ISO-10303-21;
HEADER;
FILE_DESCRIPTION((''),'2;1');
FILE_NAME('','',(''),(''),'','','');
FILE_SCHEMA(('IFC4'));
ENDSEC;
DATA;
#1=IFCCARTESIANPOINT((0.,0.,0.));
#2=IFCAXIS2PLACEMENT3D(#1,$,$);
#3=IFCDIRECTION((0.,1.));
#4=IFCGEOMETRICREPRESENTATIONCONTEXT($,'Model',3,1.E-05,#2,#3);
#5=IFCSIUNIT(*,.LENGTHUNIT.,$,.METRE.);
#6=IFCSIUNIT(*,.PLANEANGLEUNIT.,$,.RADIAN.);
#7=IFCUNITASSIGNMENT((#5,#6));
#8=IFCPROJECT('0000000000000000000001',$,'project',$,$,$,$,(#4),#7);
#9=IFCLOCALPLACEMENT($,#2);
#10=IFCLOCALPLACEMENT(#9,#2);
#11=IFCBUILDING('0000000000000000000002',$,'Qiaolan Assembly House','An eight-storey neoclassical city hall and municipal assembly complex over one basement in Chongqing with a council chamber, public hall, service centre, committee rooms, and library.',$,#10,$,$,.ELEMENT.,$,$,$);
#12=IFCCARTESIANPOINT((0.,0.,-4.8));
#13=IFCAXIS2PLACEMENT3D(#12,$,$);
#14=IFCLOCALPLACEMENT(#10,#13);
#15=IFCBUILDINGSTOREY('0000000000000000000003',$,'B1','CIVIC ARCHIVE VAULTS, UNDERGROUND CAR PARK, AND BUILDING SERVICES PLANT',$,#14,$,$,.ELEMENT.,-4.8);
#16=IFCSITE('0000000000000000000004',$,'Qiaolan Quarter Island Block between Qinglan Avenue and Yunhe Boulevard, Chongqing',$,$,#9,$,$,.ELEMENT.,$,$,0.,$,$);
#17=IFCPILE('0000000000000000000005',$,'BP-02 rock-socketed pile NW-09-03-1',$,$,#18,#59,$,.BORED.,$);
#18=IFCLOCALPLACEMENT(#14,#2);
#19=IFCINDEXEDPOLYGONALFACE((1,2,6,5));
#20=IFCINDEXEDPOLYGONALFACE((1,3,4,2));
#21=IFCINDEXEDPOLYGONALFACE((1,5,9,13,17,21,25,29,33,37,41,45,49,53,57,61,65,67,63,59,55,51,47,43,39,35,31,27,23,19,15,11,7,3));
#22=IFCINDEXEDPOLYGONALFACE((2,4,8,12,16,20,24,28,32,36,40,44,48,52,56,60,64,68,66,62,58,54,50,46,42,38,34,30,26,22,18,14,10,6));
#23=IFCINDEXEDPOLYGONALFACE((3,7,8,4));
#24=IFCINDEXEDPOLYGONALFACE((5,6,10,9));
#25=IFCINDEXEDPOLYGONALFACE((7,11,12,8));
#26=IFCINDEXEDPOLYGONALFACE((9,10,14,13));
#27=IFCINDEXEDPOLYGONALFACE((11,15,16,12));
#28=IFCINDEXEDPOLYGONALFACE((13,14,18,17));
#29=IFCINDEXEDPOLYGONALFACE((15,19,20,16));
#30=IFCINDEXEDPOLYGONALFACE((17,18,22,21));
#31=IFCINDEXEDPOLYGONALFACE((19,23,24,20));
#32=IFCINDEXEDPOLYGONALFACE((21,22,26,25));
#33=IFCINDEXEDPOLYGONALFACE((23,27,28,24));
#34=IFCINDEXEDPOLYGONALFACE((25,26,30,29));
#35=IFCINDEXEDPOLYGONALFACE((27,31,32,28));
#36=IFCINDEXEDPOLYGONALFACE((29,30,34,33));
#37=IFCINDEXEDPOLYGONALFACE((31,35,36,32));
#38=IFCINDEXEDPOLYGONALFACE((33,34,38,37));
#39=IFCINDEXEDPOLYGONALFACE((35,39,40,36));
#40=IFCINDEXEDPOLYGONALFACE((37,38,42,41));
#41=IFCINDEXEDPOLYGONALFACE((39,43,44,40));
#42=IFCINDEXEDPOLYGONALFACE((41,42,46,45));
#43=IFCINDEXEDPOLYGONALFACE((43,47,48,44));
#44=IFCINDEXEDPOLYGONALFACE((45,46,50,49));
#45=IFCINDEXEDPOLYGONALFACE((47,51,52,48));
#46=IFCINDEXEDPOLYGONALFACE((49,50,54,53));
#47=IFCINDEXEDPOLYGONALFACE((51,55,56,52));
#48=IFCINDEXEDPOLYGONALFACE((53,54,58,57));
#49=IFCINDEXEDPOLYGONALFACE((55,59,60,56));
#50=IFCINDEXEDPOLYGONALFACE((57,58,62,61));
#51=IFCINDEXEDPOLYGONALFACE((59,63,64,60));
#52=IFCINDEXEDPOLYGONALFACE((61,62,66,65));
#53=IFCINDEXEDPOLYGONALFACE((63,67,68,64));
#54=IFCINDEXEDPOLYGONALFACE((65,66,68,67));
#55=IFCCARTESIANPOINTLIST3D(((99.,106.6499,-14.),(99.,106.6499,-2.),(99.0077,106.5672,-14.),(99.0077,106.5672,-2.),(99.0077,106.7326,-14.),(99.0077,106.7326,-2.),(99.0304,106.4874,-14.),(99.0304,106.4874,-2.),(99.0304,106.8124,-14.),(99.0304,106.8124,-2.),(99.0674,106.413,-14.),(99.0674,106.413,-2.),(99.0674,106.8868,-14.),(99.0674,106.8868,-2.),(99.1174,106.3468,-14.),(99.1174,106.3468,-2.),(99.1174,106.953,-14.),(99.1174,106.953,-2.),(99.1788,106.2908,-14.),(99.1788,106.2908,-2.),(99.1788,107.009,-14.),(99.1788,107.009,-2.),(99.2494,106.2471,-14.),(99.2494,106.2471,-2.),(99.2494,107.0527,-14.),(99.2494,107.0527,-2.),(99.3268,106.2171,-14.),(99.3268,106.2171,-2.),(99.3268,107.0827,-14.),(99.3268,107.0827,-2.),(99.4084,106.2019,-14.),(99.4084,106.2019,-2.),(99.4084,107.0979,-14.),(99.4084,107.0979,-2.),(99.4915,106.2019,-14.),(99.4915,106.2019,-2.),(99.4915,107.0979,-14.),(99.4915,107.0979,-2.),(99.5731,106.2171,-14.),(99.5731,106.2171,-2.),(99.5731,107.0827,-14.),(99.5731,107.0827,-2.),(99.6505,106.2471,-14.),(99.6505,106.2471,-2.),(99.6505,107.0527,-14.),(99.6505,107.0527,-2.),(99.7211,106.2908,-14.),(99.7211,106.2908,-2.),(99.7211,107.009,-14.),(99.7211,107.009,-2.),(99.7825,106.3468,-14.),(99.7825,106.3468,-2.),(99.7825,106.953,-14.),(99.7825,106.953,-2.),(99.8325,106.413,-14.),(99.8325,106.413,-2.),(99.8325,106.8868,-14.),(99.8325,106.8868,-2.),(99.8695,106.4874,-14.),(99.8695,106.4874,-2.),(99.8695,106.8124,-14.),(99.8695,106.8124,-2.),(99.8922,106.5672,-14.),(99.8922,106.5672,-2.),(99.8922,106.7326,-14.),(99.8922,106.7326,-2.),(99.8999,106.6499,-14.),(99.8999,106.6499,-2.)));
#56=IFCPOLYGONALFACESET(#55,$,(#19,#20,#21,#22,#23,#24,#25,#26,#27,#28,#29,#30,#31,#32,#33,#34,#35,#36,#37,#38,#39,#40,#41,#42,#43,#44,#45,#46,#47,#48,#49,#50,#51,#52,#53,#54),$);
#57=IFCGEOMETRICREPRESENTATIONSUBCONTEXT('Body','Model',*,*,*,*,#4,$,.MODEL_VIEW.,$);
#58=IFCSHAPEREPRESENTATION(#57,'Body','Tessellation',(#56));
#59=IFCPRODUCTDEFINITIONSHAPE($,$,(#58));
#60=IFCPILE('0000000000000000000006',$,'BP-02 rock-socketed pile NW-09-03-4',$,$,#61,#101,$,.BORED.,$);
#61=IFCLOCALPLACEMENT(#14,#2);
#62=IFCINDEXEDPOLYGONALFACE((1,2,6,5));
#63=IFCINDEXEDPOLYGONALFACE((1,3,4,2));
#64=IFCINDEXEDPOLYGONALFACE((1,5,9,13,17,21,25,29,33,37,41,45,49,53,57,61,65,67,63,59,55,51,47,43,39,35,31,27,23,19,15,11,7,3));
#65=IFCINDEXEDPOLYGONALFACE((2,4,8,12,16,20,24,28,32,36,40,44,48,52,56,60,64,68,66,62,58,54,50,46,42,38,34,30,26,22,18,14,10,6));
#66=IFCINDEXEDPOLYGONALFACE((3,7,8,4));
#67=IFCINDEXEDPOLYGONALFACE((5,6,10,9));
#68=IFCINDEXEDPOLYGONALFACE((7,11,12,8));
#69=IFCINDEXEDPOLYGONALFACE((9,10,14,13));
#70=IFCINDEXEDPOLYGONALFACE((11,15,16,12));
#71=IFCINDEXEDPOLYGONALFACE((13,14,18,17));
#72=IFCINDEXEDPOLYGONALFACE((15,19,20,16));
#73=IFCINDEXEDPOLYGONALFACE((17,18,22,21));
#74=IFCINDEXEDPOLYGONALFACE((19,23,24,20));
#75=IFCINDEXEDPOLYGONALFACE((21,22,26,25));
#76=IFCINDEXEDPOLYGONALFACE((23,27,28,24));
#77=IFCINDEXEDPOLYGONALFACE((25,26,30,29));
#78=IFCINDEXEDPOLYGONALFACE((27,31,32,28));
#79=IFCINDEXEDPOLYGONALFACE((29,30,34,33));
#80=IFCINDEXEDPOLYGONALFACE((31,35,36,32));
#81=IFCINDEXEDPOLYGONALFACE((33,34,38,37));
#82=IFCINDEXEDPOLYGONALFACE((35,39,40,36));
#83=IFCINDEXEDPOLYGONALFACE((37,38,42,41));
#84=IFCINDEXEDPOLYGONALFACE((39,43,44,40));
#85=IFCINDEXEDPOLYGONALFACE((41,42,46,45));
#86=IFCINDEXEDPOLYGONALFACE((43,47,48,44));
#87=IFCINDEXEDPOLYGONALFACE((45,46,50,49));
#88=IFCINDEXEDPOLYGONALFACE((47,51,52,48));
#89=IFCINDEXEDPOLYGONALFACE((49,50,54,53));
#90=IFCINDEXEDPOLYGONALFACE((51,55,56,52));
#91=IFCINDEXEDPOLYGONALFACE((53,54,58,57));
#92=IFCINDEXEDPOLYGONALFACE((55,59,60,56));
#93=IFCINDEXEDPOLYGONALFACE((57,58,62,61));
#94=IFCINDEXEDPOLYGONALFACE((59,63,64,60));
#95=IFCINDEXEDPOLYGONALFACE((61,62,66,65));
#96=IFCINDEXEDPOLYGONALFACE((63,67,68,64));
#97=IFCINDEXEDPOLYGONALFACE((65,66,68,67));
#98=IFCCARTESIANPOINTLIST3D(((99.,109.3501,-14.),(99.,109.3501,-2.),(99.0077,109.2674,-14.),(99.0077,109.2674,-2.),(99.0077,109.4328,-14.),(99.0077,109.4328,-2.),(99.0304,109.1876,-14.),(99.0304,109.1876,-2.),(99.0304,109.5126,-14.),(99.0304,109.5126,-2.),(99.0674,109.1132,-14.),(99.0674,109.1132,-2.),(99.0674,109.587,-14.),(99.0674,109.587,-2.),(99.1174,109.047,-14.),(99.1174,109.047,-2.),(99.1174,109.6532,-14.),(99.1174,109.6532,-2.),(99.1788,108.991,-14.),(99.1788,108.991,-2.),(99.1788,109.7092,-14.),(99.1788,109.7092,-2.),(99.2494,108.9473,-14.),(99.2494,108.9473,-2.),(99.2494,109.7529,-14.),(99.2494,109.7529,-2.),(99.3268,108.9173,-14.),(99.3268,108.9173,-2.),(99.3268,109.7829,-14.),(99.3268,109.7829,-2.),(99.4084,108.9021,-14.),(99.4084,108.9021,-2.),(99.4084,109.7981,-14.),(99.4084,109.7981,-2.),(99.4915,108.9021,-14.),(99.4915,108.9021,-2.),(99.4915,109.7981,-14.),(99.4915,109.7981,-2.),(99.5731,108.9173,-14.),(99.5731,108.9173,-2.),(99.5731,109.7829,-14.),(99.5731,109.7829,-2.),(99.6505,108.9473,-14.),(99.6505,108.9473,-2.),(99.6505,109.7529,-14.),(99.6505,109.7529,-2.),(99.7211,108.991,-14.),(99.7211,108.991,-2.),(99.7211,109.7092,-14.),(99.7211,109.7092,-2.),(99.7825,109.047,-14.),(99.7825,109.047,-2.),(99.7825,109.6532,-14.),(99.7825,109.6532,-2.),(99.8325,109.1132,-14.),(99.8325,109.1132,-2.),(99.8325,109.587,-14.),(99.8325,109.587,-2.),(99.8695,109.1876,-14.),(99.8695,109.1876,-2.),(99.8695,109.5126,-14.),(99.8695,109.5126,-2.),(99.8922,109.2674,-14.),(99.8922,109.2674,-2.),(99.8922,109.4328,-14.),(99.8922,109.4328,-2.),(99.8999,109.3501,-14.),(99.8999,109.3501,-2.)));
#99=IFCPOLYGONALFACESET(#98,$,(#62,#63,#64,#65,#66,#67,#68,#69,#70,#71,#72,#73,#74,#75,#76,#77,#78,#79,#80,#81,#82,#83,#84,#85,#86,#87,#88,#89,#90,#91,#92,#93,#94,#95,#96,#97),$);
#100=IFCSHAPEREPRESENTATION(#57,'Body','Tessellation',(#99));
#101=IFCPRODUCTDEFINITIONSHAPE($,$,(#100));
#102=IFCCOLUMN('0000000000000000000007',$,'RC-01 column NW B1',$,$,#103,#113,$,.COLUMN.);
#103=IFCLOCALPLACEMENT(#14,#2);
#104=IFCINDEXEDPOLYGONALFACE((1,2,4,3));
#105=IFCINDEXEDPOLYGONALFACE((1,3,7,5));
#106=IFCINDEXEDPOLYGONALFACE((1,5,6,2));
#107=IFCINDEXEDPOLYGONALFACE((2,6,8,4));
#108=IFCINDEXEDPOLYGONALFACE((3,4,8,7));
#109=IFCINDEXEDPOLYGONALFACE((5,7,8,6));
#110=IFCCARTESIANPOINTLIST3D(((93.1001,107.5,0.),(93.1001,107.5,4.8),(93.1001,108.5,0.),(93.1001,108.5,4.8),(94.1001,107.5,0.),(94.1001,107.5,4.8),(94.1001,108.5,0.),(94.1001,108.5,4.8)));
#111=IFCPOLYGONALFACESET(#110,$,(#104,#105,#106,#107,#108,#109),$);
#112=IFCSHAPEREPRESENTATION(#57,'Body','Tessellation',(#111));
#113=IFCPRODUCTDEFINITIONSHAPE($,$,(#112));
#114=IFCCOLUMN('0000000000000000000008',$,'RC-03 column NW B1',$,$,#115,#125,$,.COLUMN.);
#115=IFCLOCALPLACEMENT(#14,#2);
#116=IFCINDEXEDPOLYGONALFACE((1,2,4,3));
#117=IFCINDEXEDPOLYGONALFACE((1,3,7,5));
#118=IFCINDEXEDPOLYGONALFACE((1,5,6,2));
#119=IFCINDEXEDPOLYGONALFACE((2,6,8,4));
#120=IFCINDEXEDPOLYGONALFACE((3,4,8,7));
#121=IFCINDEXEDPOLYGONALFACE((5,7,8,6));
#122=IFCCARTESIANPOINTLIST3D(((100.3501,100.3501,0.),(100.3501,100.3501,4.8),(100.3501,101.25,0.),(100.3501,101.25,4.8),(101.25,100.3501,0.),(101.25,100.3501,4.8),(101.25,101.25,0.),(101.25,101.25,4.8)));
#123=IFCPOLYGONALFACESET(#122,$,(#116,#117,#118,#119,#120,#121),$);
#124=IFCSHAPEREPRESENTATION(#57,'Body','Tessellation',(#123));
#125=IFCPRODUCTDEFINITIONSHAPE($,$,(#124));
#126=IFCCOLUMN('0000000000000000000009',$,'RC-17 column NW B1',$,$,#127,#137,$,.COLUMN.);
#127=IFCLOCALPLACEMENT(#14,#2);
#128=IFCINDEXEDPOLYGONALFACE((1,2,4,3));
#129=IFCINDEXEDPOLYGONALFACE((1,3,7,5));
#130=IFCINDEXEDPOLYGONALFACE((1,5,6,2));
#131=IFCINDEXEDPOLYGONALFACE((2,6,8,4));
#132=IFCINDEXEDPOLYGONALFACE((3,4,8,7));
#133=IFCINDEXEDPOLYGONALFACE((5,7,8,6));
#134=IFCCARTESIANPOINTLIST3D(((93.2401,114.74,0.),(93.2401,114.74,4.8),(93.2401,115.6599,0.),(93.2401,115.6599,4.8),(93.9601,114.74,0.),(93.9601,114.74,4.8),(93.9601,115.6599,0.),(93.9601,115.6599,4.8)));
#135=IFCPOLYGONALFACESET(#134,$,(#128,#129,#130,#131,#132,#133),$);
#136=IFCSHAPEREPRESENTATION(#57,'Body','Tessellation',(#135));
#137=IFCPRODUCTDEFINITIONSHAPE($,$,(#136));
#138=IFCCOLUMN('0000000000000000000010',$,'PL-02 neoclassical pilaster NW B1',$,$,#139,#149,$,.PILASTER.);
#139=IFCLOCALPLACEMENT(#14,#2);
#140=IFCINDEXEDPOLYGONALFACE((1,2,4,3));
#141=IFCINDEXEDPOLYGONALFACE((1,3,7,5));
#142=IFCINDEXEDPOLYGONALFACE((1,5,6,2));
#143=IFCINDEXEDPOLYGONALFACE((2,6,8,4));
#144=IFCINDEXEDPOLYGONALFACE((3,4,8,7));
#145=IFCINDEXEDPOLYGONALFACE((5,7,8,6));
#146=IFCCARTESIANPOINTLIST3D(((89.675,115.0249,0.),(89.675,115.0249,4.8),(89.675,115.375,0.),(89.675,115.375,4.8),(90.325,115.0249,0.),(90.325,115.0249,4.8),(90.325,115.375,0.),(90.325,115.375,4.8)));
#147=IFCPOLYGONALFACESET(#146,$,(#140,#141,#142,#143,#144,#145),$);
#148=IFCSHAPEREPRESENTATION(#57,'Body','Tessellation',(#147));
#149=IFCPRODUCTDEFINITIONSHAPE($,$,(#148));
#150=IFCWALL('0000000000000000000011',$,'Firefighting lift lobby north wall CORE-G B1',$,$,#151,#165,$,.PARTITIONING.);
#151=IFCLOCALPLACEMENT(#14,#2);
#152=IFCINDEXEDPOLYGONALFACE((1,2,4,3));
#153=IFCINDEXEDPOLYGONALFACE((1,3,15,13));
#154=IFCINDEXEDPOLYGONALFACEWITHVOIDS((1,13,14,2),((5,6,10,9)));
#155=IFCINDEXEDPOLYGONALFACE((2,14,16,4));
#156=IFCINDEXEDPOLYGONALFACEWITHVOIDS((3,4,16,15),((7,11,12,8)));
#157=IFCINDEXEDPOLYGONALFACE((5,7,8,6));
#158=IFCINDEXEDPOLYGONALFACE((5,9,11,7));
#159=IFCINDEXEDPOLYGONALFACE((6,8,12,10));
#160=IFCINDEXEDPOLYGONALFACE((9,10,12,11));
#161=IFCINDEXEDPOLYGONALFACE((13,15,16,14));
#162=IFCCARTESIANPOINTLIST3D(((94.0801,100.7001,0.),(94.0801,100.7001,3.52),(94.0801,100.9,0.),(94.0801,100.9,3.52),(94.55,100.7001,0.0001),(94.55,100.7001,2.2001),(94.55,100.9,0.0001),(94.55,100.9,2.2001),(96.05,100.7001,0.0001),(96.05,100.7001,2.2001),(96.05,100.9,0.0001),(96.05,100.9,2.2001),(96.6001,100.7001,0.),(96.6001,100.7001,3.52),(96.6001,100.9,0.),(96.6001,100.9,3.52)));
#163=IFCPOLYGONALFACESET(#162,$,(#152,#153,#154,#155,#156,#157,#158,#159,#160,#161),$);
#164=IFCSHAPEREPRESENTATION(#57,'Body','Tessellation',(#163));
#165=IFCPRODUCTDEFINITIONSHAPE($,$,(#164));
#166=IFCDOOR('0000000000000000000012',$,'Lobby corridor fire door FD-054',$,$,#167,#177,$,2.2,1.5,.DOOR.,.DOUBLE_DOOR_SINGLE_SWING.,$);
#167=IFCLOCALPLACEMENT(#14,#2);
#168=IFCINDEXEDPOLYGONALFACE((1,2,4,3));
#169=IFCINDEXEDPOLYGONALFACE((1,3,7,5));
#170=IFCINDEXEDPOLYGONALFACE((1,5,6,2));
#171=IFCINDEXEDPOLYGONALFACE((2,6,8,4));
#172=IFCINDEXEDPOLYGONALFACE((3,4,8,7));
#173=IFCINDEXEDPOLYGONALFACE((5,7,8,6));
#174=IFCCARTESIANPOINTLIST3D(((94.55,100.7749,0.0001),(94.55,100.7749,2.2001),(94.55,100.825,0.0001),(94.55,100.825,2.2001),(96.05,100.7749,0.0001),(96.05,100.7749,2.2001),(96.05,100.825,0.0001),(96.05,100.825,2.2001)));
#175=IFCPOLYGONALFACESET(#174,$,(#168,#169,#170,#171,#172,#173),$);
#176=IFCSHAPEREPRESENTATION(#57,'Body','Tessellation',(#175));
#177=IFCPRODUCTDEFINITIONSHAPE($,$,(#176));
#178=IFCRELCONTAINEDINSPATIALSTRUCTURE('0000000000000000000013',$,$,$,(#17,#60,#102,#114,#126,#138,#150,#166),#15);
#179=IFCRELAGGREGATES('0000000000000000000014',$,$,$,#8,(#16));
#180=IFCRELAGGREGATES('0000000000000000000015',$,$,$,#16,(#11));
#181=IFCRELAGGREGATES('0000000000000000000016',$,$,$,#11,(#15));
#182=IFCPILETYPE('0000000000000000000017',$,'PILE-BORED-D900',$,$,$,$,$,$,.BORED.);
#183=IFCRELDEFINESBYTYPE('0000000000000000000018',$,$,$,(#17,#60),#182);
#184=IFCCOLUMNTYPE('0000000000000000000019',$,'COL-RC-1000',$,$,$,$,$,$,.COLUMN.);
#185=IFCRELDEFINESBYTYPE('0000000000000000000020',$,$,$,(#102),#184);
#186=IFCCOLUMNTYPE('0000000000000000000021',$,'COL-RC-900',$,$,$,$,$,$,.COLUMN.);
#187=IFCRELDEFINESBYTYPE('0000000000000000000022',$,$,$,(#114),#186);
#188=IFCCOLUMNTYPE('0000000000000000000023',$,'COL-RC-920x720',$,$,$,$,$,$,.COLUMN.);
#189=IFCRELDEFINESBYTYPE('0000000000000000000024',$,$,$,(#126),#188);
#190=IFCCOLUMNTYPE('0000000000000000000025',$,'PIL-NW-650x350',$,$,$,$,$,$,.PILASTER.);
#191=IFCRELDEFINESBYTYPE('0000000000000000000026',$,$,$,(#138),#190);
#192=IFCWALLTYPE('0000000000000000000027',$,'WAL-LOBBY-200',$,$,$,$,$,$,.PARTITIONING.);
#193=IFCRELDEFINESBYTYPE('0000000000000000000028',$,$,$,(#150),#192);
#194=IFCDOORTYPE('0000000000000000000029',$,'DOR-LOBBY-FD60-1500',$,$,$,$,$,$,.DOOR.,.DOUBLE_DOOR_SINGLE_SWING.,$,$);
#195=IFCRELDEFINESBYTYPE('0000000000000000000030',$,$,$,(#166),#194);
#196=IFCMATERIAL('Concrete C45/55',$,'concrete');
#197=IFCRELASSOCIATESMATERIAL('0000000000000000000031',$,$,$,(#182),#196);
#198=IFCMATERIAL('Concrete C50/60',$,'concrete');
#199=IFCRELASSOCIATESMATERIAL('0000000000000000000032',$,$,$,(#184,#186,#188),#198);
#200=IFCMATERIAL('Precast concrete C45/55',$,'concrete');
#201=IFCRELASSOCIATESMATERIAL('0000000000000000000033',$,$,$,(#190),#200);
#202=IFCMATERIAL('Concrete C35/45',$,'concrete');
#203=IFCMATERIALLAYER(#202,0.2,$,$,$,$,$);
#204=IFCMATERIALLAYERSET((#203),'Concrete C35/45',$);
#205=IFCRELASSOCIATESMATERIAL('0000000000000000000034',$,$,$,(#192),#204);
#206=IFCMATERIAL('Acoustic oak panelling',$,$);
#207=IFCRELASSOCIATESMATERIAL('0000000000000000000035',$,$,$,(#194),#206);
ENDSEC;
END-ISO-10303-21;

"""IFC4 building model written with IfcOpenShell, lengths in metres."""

from ifc_helpers import new_model, si_unit, direction, frame, frame_2d, origin, origin_2d, place, context, subcontext, project, spatial, rectangle, circle, extrude, material, layer, layer_set, material_profile, profile_set, type_object, element, fill, save


model = new_model("IFC4")

# Units and contexts
model_context = context("Model", 3, precision=1e-05, world=origin(), true_north=direction((0.0, 1.0)))
body_context = subcontext(model_context, "Body", "Model", "MODEL_VIEW")
ifc_project = project(units=[si_unit("LENGTHUNIT", "METRE"), si_unit("PLANEANGLEUNIT", "RADIAN")], contexts=[model_context])

# Site, building, storey
site_placement = place(None, origin())
site = spatial("IfcSite", under=ifc_project, at=site_placement, Name="Qiaolan Quarter Island Block between Qinglan Avenue and Yunhe Boulevard, Chongqing", CompositionType="ELEMENT", RefElevation=0.0)
building_placement = place(site_placement, origin())
building = spatial("IfcBuilding", under=site, at=building_placement, Name="Qiaolan Assembly House", Description="An eight-storey neoclassical city hall and municipal assembly complex over one basement in Chongqing with a council chamber, public hall, service centre, committee rooms, and library.", CompositionType="ELEMENT")
storey_placement = place(building_placement, frame((0.0, 0.0, -4.8)))
storey = spatial("IfcBuildingStorey", under=building, at=storey_placement, Name="B1", Description="CIVIC ARCHIVE VAULTS, UNDERGROUND CAR PARK, AND BUILDING SERVICES PLANT", CompositionType="ELEMENT", Elevation=-4.8)

# Piles
ifc_material_1 = material(Name="Concrete C45/55", Category="concrete")
ifc_material_profile_1 = material_profile(ifc_material_1, circle(Radius=0.45, at=origin_2d()), Name="PILE D900")
ifc_profile_set_1 = profile_set([ifc_material_profile_1], Name="Concrete C45/55")
pile_type_1 = type_object("IfcPileType", Name="PILE-BORED-D900", PredefinedType="BORED", material=ifc_profile_set_1)
for number, where, z_axis, x_axis, name in (
    (1, (99.45, 106.6499, -2.0), (0.0, 0.0, -1.0), (1.0, 0.0, 0.0), "BP-02 rock-socketed pile NW-09-03-1"),
    (2, (99.45, 109.3501, -2.0), (0.0, 0.0, -1.0), (1.0, 0.0, 0.0), "BP-02 rock-socketed pile NW-09-03-4"),
):
    element("IfcPile", number, at=place(storey_placement, frame(where, z_axis=z_axis, x_axis=x_axis)), inside=storey, type_object=pile_type_1, Name=name, PredefinedType="BORED", context=body_context, shape_type="SweptSolid", body=[
        extrude(circle(Radius=0.45, at=origin_2d()), origin(), (0.0, 0.0, 1.0), 12.0),
    ])

# Columns
ifc_material_2 = material(Name="Concrete C50/60", Category="concrete")
ifc_material_profile_2 = material_profile(ifc_material_2, rectangle(XDim=1.0, YDim=1.0, at=origin_2d()), Name="RC 1000x1000")
ifc_profile_set_2 = profile_set([ifc_material_profile_2], Name="Concrete C50/60")
column_type_1 = type_object("IfcColumnType", Name="COL-RC-1000", PredefinedType="COLUMN", material=ifc_profile_set_2)
column_1_placement = place(storey_placement, frame((93.6001, 108.0, 0.0), z_axis=(0.0, 0.0, 1.0), x_axis=(1.0, 0.0, 0.0)))
element("IfcColumn", 3, at=column_1_placement, inside=storey, type_object=column_type_1, Name="RC-01 column NW B1", PredefinedType="COLUMN", context=body_context, shape_type="SweptSolid", body=[
    extrude(rectangle(XDim=1.0, YDim=1.0, at=origin_2d()), origin(), (0.0, 0.0, 1.0), 4.8),
])
ifc_material_profile_3 = material_profile(ifc_material_2, rectangle(XDim=0.8999, YDim=0.8999, at=origin_2d()), Name="RC 900x900")
ifc_profile_set_3 = profile_set([ifc_material_profile_3], Name="Concrete C50/60")
column_type_2 = type_object("IfcColumnType", Name="COL-RC-900", PredefinedType="COLUMN", material=ifc_profile_set_3)
column_2_placement = place(storey_placement, frame((100.8, 100.8, 0.0), z_axis=(0.0, 0.0, 1.0), x_axis=(1.0, 0.0, 0.0)))
element("IfcColumn", 4, at=column_2_placement, inside=storey, type_object=column_type_2, Name="RC-03 column NW B1", PredefinedType="COLUMN", context=body_context, shape_type="SweptSolid", body=[
    extrude(rectangle(XDim=0.8999, YDim=0.8999, at=origin_2d()), origin(), (0.0, 0.0, 1.0), 4.8),
])
ifc_material_profile_4 = material_profile(ifc_material_2, rectangle(XDim=0.72, YDim=0.9199, at=origin_2d()), Name="RC 920x720")
ifc_profile_set_4 = profile_set([ifc_material_profile_4], Name="Concrete C50/60")
column_type_3 = type_object("IfcColumnType", Name="COL-RC-920x720", PredefinedType="COLUMN", material=ifc_profile_set_4)
column_3_placement = place(storey_placement, frame((93.6001, 115.2, 0.0), z_axis=(0.0, 0.0, 1.0), x_axis=(1.0, 0.0, 0.0)))
element("IfcColumn", 5, at=column_3_placement, inside=storey, type_object=column_type_3, Name="RC-17 column NW B1", PredefinedType="COLUMN", context=body_context, shape_type="SweptSolid", body=[
    extrude(rectangle(XDim=0.72, YDim=0.9199, at=origin_2d()), origin(), (0.0, 0.0, 1.0), 4.8),
])
ifc_material_3 = material(Name="Precast concrete C45/55", Category="concrete")
ifc_material_profile_5 = material_profile(ifc_material_3, rectangle(XDim=0.6499, YDim=0.3501, at=origin_2d()), Name="PIL 650x350")
ifc_profile_set_5 = profile_set([ifc_material_profile_5], Name="Precast concrete C45/55")
column_type_4 = type_object("IfcColumnType", Name="PIL-NW-650x350", PredefinedType="PILASTER", material=ifc_profile_set_5)
column_4_placement = place(storey_placement, frame((90.0, 115.2, 0.0), z_axis=(0.0, 0.0, 1.0), x_axis=(1.0, 0.0, 0.0)))
element("IfcColumn", 6, at=column_4_placement, inside=storey, type_object=column_type_4, Name="PL-02 neoclassical pilaster NW B1", PredefinedType="PILASTER", context=body_context, shape_type="SweptSolid", body=[
    extrude(rectangle(XDim=0.6499, YDim=0.3501, at=origin_2d()), origin(), (0.0, 0.0, 1.0), 4.8),
])

# Wall, opening, door
ifc_material_4 = material(Name="Concrete C35/45", Category="concrete")
ifc_layer = layer(ifc_material_4, 0.2)
ifc_layer_set = layer_set([ifc_layer], Name="Concrete C35/45")
wall_type = type_object("IfcWallType", Name="WAL-LOBBY-200", PredefinedType="PARTITIONING", material=ifc_layer_set)
wall_1_placement = place(storey_placement, frame((96.6001, 100.8, 0.0), z_axis=(0.0, 0.0, 1.0), x_axis=(-1.0, 0.0, 0.0)))
wall_1 = element("IfcWall", 7, at=wall_1_placement, inside=storey, type_object=wall_type, Name="Firefighting lift lobby north wall CORE-G B1", PredefinedType="PARTITIONING", context=body_context, shape_type="SweptSolid", body=[
    extrude(rectangle(XDim=2.52, YDim=0.2, at=frame_2d((1.26, 0.0))), origin(), (0.0, 0.0, 1.0), 3.52),
])
opening_placement = place(wall_1_placement, frame((0.55, 0.0, 0.0)))
opening = element("IfcOpeningElement", 8, at=opening_placement, cuts=wall_1, PredefinedType="OPENING", context=body_context, shape_type="SweptSolid", body=[
    extrude(rectangle(XDim=1.5, YDim=2.2, at=frame_2d((0.75, 1.1001))), frame((0.0, 0.1099, 0.0), z_axis=(0.0, -1.0, 0.0), x_axis=(1.0, 0.0, 0.0)), (0.0, 0.0, 1.0), 0.22),
])
ifc_material_5 = material(Name="Acoustic oak panelling")
door_type = type_object("IfcDoorType", Name="DOR-LOBBY-FD60-1500", OperationType="DOUBLE_DOOR_SINGLE_SWING", PredefinedType="DOOR", material=ifc_material_5)
door_placement = place(opening_placement, frame((1.5, 0.0, 0.0), z_axis=(0.0, 0.0, 1.0), x_axis=(-1.0, 0.0, 0.0)))
door = element("IfcDoor", 9, at=door_placement, inside=storey, type_object=door_type, Name="Lobby corridor fire door FD-054", OperationType="DOUBLE_DOOR_SINGLE_SWING", OverallHeight=2.2, OverallWidth=1.5, PredefinedType="DOOR", context=body_context, shape_type="SweptSolid", body=[
    extrude(rectangle(XDim=1.5, YDim=2.2, at=frame_2d((0.75, 1.1001))), frame((0.0, 0.0249, 0.0), z_axis=(0.0, -1.0, 0.0), x_axis=(1.0, 0.0, 0.0)), (0.0, 0.0, 1.0), 0.05),
])
fill(opening, door)

save(model, "model.ifc")
